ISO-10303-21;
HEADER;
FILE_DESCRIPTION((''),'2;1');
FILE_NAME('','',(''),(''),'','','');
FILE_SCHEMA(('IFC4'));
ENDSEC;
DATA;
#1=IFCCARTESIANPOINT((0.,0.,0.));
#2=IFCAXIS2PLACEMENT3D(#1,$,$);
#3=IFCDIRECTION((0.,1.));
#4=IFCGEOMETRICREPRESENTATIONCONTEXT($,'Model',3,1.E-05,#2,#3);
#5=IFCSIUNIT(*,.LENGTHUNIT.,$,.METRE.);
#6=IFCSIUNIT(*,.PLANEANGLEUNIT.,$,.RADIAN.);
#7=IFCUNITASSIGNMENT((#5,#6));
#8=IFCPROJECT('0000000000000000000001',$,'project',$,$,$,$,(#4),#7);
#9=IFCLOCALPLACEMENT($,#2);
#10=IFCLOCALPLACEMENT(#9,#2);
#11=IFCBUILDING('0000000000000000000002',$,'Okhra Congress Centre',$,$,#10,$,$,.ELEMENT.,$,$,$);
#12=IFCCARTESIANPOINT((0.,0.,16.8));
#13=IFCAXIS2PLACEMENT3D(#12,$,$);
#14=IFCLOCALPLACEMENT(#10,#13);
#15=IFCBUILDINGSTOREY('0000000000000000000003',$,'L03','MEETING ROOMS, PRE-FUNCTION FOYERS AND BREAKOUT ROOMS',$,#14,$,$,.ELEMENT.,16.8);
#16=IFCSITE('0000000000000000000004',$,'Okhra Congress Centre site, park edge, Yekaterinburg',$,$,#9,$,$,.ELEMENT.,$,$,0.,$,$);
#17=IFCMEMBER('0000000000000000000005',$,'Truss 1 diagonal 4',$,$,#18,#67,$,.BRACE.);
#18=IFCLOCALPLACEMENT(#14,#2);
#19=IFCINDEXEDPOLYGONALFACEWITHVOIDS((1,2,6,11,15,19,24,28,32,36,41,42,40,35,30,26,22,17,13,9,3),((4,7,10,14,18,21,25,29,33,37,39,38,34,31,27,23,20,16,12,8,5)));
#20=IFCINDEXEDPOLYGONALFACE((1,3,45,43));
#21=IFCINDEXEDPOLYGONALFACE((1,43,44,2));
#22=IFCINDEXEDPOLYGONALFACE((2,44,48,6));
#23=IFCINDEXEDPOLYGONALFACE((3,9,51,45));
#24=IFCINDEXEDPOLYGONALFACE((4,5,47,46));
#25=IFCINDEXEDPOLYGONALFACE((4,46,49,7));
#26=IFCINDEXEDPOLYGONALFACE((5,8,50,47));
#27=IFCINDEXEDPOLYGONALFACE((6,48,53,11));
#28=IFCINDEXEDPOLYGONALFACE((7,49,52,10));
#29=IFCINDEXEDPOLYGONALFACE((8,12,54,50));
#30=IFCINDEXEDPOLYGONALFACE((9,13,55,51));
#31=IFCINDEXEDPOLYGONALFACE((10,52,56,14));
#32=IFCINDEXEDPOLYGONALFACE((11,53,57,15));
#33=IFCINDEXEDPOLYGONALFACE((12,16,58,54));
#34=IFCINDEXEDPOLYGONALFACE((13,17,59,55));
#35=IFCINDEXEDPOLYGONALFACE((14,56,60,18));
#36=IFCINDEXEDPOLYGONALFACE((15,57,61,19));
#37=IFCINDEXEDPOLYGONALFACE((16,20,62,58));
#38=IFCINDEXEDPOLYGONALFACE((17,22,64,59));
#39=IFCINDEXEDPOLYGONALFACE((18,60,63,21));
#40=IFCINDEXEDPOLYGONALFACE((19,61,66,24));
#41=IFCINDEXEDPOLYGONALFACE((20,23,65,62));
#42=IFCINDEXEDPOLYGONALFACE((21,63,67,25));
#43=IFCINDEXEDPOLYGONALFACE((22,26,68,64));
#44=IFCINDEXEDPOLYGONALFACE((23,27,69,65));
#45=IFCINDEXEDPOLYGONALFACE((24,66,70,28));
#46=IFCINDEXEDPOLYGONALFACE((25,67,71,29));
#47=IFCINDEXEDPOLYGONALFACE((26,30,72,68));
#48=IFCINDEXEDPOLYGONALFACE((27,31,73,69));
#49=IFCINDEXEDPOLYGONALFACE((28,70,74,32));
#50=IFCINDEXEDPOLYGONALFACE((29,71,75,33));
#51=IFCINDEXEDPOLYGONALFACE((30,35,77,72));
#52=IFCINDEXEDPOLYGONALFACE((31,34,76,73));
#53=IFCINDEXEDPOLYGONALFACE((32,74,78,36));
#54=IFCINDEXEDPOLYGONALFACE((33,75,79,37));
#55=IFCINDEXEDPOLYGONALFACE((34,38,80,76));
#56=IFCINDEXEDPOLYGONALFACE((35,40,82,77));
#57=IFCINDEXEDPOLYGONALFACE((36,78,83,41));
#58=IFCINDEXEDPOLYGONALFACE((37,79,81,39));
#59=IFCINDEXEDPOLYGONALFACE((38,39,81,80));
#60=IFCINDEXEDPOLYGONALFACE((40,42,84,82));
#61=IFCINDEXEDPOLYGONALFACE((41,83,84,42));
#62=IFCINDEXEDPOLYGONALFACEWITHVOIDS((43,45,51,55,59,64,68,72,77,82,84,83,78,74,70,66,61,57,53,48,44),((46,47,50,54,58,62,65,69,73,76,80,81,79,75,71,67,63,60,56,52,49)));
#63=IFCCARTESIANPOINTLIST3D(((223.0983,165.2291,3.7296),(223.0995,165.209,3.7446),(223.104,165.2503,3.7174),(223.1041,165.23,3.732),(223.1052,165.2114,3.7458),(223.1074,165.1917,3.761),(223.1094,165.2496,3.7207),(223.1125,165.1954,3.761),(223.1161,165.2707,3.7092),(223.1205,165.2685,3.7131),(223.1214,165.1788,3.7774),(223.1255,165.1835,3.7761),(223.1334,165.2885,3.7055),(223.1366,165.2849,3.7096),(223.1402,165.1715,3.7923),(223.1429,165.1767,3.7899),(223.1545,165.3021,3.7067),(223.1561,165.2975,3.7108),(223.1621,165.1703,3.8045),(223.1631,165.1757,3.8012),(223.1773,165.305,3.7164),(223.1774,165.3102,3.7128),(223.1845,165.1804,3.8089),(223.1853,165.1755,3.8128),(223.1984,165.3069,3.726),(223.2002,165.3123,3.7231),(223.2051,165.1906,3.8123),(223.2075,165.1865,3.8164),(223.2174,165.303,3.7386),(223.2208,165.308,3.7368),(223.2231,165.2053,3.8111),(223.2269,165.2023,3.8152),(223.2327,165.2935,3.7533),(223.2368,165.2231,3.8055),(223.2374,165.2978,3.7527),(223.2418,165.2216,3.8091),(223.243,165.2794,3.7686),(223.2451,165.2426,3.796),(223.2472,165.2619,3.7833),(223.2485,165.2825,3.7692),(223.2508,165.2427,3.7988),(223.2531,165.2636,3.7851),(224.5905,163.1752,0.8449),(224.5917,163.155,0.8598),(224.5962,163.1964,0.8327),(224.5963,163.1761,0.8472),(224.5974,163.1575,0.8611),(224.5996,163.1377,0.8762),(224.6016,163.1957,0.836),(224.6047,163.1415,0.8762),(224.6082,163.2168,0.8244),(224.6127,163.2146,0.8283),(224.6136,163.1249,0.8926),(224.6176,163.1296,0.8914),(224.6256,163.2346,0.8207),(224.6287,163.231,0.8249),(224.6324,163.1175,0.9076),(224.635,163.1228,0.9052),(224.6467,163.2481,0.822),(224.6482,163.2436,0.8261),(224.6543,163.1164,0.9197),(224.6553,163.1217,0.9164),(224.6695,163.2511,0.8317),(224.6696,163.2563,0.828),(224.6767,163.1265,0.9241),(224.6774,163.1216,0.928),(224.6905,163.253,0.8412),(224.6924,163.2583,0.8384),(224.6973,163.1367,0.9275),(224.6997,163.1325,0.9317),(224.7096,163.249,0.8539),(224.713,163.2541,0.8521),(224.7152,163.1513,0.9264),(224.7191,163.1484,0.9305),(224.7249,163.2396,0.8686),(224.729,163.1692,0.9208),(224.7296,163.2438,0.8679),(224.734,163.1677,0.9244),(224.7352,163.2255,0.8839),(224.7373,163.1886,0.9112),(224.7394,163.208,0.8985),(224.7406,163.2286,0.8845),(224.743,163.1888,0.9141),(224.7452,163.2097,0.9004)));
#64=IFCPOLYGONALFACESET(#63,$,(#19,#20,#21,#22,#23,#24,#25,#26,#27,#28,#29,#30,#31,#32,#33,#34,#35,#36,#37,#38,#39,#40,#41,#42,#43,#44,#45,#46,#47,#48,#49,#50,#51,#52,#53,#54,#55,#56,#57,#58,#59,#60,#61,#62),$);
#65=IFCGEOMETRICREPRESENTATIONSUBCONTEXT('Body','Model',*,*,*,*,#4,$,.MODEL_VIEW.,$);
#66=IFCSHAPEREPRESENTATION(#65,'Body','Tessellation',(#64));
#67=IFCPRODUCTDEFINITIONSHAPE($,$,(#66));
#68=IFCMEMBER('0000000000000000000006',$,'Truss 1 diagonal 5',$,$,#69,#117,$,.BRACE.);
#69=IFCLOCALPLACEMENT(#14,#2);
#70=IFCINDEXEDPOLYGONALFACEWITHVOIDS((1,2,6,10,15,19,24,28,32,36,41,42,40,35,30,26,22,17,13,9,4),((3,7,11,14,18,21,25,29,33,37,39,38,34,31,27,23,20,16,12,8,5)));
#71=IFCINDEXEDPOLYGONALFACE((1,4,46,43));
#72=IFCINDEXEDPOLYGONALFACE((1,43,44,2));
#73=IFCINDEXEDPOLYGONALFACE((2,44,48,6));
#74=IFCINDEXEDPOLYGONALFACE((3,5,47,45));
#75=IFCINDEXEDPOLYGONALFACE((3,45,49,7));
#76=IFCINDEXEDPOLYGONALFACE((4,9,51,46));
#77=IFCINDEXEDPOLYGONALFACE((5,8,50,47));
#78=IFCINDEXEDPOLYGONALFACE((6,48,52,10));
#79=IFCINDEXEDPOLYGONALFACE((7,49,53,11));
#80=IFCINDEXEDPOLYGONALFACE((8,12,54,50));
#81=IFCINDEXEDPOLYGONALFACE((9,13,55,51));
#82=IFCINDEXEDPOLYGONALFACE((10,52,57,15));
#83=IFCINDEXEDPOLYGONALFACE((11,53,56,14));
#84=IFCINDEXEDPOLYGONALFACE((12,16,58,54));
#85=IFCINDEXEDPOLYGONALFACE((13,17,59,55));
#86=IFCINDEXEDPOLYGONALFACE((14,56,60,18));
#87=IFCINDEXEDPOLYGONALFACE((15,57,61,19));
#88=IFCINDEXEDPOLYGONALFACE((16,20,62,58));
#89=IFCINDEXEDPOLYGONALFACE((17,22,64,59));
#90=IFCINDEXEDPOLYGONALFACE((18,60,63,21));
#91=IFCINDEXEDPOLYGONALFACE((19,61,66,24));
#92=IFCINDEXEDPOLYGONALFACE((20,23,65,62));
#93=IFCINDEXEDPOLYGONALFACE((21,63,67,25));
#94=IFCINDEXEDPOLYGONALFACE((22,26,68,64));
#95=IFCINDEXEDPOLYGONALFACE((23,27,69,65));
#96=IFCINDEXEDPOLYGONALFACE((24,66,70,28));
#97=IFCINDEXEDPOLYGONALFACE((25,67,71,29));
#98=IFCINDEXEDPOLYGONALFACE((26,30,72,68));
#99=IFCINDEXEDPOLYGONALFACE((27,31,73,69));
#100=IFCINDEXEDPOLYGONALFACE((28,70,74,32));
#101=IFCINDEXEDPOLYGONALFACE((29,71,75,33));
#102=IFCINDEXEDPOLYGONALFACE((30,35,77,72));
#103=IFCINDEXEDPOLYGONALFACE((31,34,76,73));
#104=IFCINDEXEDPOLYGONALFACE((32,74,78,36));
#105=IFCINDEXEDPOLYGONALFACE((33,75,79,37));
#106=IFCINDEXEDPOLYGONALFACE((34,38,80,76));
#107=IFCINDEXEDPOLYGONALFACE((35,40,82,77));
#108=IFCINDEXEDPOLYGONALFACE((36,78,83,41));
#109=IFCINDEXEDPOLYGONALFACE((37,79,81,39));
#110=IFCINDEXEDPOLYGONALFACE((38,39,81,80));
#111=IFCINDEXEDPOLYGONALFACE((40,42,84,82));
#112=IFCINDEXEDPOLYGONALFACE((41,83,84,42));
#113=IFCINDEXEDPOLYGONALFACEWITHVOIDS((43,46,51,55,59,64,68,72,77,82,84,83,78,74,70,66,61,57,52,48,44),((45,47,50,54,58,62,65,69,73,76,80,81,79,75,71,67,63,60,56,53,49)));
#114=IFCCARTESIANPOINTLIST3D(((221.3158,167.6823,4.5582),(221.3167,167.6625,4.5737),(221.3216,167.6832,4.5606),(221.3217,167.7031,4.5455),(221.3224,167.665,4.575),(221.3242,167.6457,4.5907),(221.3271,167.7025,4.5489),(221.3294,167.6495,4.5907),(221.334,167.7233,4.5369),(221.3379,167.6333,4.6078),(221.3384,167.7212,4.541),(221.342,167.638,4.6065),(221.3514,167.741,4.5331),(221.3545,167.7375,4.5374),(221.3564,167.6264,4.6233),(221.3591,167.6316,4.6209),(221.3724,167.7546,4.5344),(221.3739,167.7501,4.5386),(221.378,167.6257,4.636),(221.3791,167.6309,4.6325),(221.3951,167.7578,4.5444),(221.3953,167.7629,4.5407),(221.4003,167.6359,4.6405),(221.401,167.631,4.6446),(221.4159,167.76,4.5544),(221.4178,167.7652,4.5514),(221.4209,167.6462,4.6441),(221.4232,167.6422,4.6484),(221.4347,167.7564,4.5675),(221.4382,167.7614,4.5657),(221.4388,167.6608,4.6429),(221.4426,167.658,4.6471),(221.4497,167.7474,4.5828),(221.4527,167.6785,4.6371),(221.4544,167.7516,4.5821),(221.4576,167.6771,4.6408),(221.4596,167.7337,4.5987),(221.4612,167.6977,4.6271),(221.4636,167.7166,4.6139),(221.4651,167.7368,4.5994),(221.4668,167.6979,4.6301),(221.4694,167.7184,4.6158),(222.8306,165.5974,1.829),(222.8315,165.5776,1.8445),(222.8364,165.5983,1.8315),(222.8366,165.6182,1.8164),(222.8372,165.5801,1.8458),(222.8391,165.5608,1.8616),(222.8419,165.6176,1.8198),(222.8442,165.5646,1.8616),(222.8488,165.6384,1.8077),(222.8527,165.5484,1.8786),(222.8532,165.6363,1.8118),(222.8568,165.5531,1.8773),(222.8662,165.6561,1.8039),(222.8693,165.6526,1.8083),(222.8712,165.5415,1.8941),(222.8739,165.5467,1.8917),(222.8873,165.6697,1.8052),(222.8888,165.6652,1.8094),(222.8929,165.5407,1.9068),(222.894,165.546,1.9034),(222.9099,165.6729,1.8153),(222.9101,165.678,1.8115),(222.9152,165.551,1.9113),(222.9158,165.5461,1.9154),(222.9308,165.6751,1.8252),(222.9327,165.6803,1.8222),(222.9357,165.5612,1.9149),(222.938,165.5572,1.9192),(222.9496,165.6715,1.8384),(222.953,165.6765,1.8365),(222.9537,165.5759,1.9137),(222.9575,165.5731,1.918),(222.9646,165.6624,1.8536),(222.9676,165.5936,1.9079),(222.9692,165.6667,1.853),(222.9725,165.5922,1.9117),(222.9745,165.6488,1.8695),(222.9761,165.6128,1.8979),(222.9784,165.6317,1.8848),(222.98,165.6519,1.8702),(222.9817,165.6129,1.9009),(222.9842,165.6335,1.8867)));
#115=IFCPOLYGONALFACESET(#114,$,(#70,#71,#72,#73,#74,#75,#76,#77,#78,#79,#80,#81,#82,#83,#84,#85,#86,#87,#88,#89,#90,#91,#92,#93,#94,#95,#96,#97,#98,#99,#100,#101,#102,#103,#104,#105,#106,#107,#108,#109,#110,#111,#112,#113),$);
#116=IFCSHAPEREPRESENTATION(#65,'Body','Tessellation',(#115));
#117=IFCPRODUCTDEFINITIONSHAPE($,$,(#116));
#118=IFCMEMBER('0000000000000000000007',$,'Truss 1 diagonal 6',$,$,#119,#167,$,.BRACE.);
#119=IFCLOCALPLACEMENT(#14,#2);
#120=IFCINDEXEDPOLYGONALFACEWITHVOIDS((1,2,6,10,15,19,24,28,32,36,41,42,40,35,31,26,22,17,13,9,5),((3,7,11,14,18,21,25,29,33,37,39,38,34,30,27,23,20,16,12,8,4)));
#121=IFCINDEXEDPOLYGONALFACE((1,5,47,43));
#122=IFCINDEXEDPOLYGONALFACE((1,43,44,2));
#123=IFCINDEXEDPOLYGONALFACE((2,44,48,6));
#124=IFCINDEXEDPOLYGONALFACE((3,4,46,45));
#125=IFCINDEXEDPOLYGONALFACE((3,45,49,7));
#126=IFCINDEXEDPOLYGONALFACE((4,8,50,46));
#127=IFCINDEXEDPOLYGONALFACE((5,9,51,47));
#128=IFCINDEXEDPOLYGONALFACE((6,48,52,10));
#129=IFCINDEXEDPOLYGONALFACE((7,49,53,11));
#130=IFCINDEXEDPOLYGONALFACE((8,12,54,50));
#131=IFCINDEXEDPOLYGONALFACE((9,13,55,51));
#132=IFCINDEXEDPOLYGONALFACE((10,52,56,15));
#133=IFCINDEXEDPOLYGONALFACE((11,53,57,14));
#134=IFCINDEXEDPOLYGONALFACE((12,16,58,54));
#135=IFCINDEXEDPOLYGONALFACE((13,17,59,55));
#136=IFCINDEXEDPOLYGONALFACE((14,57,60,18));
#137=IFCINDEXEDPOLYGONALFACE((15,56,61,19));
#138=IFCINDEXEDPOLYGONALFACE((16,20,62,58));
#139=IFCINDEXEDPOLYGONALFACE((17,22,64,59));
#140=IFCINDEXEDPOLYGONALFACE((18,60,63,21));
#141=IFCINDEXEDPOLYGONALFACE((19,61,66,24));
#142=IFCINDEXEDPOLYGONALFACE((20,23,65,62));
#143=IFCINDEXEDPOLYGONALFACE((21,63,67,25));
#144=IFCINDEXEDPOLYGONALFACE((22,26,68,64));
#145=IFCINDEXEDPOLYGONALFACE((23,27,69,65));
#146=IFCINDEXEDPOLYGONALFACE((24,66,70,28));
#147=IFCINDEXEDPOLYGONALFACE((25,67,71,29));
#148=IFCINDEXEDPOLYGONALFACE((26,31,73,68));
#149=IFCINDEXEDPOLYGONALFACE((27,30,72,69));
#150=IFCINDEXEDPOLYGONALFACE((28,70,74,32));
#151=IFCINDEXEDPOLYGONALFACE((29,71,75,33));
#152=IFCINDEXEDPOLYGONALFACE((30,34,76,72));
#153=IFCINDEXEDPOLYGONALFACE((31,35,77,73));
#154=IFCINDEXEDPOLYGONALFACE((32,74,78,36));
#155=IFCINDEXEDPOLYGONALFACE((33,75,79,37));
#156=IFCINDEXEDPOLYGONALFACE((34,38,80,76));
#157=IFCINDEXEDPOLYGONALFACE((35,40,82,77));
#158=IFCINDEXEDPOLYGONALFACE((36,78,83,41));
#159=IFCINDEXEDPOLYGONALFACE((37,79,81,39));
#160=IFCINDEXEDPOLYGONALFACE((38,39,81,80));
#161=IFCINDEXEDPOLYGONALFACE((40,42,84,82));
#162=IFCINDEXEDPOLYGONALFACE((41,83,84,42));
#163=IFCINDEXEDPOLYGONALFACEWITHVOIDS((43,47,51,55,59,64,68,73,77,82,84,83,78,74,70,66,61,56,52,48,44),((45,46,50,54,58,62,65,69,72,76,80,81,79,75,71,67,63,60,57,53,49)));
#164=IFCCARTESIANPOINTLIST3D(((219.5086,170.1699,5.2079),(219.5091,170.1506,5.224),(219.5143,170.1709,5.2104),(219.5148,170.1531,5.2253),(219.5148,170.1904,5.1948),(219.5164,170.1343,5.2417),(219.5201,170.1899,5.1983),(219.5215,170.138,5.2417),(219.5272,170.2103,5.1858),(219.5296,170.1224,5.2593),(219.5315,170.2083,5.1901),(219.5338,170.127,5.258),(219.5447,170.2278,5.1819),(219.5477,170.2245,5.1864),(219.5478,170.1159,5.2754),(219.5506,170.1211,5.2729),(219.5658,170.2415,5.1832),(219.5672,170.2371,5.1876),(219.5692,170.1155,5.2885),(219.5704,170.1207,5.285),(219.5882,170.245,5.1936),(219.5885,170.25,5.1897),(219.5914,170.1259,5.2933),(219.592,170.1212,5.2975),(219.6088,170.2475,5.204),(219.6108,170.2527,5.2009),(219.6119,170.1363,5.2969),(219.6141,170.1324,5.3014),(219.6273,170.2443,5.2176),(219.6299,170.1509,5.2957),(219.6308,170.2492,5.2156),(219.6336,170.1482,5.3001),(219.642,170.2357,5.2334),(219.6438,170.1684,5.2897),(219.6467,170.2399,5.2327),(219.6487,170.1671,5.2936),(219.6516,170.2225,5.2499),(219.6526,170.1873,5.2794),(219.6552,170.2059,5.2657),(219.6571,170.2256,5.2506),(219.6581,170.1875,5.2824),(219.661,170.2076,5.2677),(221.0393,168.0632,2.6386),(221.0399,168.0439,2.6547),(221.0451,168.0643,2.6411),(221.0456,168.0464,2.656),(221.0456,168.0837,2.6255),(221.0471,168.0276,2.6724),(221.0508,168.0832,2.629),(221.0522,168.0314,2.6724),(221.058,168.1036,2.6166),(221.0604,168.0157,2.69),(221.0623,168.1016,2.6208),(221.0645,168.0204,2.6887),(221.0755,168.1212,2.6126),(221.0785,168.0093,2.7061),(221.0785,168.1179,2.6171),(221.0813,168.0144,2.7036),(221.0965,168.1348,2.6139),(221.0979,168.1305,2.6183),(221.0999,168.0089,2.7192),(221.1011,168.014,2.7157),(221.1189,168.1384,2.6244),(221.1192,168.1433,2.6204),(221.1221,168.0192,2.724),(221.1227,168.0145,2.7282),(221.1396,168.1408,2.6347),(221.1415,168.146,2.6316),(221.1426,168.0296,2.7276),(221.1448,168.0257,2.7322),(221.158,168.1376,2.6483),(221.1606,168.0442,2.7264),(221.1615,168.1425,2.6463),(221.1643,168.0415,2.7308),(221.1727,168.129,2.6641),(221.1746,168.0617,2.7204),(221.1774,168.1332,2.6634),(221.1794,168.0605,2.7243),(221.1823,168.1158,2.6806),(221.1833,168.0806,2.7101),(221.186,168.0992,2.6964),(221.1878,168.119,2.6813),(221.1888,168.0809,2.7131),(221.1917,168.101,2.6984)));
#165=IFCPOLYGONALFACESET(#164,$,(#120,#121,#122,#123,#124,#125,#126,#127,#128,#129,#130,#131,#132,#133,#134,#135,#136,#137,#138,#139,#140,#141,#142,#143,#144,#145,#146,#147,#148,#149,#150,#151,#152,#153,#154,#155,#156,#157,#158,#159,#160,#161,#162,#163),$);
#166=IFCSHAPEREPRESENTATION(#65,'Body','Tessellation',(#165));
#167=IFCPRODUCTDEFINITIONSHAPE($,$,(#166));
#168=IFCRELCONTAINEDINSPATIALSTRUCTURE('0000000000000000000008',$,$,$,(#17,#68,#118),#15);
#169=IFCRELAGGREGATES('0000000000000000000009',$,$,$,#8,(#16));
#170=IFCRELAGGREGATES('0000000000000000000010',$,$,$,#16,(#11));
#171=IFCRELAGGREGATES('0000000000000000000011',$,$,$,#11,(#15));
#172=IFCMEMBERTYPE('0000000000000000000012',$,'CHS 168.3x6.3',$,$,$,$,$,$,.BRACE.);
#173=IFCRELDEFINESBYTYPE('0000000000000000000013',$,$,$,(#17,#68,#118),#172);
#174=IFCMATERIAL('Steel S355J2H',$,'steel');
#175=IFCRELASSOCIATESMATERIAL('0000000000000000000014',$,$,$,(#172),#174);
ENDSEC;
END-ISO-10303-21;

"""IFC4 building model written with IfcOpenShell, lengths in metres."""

from ifc_helpers import new_model, si_unit, direction, frame, origin, origin_2d, place, context, subcontext, project, spatial, hollow_circle, extrude, material, material_profile, profile_set, type_object, element, save


model = new_model("IFC4")

# Units and contexts
model_context = context("Model", 3, precision=1e-05, world=origin(), true_north=direction((0.0, 1.0)))
body_context = subcontext(model_context, "Body", "Model", "MODEL_VIEW")
ifc_project = project(units=[si_unit("LENGTHUNIT", "METRE"), si_unit("PLANEANGLEUNIT", "RADIAN")], contexts=[model_context])

# Site, building, storey
site_placement = place(None, origin())
site = spatial("IfcSite", under=ifc_project, at=site_placement, Name="Okhra Congress Centre site, park edge, Yekaterinburg", CompositionType="ELEMENT", RefElevation=0.0)
building_placement = place(site_placement, origin())
building = spatial("IfcBuilding", under=site, at=building_placement, Name="Okhra Congress Centre", CompositionType="ELEMENT")
storey_placement = place(building_placement, frame((0.0, 0.0, 16.8)))
storey = spatial("IfcBuildingStorey", under=building, at=storey_placement, Name="L03", Description="MEETING ROOMS, PRE-FUNCTION FOYERS AND BREAKOUT ROOMS", CompositionType="ELEMENT", Elevation=16.8)

# Members
ifc_material_1 = material(Name="Steel S355J2H", Category="steel")
ifc_material_profile_1 = material_profile(ifc_material_1, hollow_circle(Radius=0.0842, WallThickness=0.0063, at=origin_2d()), Name="CHS 168.3x6.3")
ifc_profile_set_1 = profile_set([ifc_material_profile_1], Name="Steel S355J2H")
member_type_1 = type_object("IfcMemberType", Name="CHS 168.3x6.3", PredefinedType="BRACE", material=ifc_profile_set_1)
member_1_placement = place(storey_placement, frame((224.6677, 163.1873, 0.8762), z_axis=(-0.388306, 0.534492, 0.750691), x_axis=(-0.809035, -0.58776, 0.0)))
element("IfcMember", 1, at=member_1_placement, inside=storey, type_object=member_type_1, Name="Truss 1 diagonal 4", PredefinedType="BRACE", context=body_context, shape_type="SweptSolid", body=[
    extrude(hollow_circle(Radius=0.0842, WallThickness=0.0063, at=origin_2d()), origin(), (0.0, 0.0, 1.0), 3.8428),
])
member_2_placement = place(storey_placement, frame((222.9072, 165.6104, 1.8616), z_axis=(-0.403566, 0.555432, 0.727069), x_axis=(-0.809002, -0.587806, 0.0)))
element("IfcMember", 2, at=member_2_placement, inside=storey, type_object=member_type_1, Name="Truss 1 diagonal 5", PredefinedType="BRACE", context=body_context, shape_type="SweptSolid", body=[
    extrude(hollow_circle(Radius=0.0842, WallThickness=0.0063, at=origin_2d()), origin(), (0.0, 0.0, 1.0), 3.7537),
])
member_3_placement = place(storey_placement, frame((221.1152, 168.0771, 2.6724), z_axis=(-0.41844, 0.575872, 0.702338), x_axis=(-0.808987, -0.587826, 0.0)))
element("IfcMember", 3, at=member_3_placement, inside=storey, type_object=member_type_1, Name="Truss 1 diagonal 6", PredefinedType="BRACE", context=body_context, shape_type="SweptSolid", body=[
    extrude(hollow_circle(Radius=0.0842, WallThickness=0.0063, at=origin_2d()), origin(), (0.0, 0.0, 1.0), 3.6582),
])

save(model, "model.ifc")
